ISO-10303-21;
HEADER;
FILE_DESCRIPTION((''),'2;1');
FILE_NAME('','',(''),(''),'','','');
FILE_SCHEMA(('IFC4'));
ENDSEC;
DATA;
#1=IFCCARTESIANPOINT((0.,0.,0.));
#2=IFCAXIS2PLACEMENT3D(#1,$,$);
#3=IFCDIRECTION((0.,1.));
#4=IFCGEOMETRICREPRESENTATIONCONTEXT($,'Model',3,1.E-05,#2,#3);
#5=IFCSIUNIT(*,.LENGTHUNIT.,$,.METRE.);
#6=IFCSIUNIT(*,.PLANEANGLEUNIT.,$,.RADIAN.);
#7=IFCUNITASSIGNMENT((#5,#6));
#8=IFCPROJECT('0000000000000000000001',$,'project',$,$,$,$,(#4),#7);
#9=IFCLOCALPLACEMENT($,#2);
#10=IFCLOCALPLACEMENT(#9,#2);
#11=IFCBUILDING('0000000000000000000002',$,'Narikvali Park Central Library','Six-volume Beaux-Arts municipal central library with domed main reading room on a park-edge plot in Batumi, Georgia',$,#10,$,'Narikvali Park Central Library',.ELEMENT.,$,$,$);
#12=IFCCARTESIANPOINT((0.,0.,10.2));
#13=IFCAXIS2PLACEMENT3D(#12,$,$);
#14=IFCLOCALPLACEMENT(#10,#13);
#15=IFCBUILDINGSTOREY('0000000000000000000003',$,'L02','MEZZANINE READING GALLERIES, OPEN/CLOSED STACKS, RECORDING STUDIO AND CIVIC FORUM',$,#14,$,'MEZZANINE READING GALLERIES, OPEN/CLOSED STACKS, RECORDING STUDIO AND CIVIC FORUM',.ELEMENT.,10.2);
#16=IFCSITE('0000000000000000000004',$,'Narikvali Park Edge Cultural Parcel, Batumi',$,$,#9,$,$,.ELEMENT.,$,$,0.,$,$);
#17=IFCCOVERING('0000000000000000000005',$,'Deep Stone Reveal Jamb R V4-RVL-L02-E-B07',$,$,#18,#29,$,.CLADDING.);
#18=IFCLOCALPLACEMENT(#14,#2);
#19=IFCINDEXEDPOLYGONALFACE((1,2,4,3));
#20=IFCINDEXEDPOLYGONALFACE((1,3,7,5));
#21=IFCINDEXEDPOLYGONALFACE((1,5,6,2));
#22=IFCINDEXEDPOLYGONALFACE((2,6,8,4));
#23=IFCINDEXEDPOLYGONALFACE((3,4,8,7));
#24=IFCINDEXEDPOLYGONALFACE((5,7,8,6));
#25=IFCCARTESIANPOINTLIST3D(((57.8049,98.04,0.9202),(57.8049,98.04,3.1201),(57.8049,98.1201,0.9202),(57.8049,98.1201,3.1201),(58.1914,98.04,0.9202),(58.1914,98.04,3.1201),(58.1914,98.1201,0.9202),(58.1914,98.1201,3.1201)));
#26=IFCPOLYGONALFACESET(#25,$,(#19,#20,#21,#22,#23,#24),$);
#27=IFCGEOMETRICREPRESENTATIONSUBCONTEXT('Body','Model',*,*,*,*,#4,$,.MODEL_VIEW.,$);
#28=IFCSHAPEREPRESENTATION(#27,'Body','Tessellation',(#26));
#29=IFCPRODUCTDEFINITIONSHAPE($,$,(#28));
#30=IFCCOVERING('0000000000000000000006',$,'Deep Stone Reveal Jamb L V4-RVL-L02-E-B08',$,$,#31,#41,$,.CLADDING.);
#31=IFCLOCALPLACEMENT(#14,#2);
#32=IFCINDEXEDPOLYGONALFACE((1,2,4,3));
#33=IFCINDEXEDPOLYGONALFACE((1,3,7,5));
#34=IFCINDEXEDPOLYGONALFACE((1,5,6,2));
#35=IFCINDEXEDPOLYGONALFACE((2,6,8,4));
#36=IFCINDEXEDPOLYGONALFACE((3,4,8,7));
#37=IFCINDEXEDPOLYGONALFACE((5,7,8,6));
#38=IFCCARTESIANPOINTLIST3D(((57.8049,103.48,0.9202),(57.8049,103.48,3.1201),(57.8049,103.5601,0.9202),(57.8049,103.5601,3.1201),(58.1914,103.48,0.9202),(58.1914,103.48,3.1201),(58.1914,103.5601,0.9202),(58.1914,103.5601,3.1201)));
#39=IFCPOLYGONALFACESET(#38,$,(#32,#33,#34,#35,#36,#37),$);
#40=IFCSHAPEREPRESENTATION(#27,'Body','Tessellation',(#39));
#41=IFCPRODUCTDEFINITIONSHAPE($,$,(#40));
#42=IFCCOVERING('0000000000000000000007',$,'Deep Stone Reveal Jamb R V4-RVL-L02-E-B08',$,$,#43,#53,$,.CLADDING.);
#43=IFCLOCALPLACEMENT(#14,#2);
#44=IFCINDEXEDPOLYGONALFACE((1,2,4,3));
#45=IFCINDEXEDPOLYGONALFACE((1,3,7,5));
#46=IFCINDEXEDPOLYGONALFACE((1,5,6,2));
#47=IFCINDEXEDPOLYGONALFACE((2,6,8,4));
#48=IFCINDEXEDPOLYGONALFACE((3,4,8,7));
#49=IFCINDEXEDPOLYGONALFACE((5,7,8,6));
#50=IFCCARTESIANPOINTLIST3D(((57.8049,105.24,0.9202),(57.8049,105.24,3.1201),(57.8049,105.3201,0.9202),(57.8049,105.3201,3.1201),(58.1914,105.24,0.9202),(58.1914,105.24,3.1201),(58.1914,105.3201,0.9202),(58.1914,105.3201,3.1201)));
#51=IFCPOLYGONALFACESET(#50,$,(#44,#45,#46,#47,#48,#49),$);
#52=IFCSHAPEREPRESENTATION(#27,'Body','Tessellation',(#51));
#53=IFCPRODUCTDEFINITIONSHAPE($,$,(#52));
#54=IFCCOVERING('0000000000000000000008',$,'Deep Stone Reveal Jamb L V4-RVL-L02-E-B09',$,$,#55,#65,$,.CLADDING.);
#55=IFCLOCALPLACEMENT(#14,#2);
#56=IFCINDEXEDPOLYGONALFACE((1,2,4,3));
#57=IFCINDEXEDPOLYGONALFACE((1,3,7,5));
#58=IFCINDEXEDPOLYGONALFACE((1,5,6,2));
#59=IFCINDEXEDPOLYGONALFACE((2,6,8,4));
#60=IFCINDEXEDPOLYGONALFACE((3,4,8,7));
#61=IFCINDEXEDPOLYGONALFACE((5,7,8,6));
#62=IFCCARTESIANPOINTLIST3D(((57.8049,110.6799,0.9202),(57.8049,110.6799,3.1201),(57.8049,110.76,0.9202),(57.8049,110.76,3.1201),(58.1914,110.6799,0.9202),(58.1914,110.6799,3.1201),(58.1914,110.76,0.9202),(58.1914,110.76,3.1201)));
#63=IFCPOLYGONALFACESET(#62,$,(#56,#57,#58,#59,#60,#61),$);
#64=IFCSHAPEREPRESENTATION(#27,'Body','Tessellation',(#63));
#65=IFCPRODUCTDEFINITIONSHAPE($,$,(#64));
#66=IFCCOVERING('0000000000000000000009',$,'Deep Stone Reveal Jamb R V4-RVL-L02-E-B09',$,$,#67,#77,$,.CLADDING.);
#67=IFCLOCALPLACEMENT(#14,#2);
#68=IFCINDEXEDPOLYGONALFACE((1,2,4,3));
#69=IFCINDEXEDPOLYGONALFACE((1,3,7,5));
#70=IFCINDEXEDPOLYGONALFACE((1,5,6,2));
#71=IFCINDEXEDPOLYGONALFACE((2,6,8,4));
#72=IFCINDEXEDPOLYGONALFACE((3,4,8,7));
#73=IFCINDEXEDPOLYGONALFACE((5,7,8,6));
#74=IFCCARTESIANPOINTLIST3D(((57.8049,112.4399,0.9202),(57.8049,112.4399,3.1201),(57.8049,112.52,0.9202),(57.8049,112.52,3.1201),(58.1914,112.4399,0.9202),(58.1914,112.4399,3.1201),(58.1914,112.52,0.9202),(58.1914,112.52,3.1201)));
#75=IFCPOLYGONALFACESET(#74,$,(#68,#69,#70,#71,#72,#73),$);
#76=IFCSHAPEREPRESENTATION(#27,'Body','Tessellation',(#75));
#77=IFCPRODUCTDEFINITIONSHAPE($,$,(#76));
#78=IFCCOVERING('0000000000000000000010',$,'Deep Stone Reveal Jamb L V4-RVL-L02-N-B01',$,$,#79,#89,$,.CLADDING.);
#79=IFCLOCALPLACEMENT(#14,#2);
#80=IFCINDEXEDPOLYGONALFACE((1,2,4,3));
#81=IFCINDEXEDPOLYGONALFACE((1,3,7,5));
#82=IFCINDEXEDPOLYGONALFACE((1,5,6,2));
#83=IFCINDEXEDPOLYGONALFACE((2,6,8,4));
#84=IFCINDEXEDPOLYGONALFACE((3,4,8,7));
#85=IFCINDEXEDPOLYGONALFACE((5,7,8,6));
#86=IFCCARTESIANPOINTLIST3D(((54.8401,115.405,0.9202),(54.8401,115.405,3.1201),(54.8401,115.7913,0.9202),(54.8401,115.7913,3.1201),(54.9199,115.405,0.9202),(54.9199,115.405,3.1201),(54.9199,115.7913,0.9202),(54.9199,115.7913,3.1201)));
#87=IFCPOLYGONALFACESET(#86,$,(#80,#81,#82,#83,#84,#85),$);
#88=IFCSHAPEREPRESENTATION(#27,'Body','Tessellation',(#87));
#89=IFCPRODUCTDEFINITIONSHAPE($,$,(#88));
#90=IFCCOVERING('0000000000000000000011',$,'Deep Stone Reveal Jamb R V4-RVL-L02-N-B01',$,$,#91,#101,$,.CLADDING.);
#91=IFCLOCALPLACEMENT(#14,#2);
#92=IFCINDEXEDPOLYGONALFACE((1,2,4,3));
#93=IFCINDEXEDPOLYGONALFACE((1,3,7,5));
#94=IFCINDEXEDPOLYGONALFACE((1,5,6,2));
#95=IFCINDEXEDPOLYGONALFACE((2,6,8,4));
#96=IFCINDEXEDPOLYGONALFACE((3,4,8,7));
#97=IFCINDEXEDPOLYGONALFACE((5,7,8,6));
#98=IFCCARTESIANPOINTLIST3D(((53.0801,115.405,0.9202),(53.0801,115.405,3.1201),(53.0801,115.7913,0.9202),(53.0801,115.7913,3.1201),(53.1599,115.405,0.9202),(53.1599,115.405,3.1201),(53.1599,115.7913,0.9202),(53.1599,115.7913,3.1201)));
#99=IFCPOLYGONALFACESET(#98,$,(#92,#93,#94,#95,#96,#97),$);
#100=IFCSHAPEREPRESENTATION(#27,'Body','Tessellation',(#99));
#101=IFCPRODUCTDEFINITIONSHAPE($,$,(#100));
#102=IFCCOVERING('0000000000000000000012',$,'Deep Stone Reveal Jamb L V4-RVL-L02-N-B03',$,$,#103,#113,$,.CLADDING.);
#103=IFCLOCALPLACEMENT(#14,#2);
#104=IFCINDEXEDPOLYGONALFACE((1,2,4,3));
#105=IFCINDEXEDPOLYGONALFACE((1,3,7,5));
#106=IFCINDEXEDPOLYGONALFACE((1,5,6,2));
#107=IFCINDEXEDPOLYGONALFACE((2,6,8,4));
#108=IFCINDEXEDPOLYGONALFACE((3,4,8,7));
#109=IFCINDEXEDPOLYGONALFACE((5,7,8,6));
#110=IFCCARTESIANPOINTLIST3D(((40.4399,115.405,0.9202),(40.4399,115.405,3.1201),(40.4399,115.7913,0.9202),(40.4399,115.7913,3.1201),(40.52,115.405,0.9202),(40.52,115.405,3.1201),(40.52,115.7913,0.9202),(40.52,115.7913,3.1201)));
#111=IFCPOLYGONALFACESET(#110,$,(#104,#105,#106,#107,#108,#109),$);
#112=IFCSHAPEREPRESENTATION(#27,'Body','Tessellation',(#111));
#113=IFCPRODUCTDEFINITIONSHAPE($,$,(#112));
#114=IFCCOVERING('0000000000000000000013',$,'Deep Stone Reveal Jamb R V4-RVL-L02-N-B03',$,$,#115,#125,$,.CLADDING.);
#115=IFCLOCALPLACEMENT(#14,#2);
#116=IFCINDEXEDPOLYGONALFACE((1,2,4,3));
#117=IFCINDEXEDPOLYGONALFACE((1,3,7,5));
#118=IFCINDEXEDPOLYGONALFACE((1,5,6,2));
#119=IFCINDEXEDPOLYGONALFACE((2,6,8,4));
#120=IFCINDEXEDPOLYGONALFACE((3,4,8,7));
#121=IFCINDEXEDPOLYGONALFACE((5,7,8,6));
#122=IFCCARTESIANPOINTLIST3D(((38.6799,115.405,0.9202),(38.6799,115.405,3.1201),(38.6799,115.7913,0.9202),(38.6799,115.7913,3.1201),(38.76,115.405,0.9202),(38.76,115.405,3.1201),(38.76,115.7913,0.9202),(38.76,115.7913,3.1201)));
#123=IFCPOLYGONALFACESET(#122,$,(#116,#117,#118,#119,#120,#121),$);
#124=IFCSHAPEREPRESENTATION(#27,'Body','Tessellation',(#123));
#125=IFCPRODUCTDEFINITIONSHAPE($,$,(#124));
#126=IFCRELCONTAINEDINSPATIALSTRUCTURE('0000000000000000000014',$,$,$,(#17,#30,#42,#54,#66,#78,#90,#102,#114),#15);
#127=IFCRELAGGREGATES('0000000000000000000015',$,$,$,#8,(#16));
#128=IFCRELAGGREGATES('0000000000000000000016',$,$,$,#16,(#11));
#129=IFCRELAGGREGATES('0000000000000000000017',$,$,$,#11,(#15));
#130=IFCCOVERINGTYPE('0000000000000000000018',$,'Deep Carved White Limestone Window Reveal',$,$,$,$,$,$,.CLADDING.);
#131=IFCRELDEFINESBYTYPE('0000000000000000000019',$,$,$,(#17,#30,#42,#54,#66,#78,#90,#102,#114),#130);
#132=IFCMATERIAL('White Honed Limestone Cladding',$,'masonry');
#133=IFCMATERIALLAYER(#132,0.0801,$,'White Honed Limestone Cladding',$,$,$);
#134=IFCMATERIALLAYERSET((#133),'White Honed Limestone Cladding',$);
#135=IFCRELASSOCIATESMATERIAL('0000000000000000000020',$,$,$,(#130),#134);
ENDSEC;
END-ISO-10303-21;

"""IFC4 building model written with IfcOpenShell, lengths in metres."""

from ifc_helpers import new_model, si_unit, direction, frame, origin, place, context, subcontext, project, spatial, polyline, outline, extrude, material, layer, layer_set, type_object, element, save


model = new_model("IFC4")

# Units and contexts
model_context = context("Model", 3, precision=1e-05, world=origin(), true_north=direction((0.0, 1.0)))
body_context = subcontext(model_context, "Body", "Model", "MODEL_VIEW")
ifc_project = project(units=[si_unit("LENGTHUNIT", "METRE"), si_unit("PLANEANGLEUNIT", "RADIAN")], contexts=[model_context])

# Site, building, storey
site_placement = place(None, origin())
site = spatial("IfcSite", under=ifc_project, at=site_placement, Name="Narikvali Park Edge Cultural Parcel, Batumi", CompositionType="ELEMENT", RefElevation=0.0)
building_placement = place(site_placement, origin())
building = spatial("IfcBuilding", under=site, at=building_placement, Name="Narikvali Park Central Library", Description="Six-volume Beaux-Arts municipal central library with domed main reading room on a park-edge plot in Batumi, Georgia", LongName="Narikvali Park Central Library", CompositionType="ELEMENT")
storey_placement = place(building_placement, frame((0.0, 0.0, 10.2)))
storey = spatial("IfcBuildingStorey", under=building, at=storey_placement, Name="L02", Description="MEZZANINE READING GALLERIES, OPEN/CLOSED STACKS, RECORDING STUDIO AND CIVIC FORUM", LongName="MEZZANINE READING GALLERIES, OPEN/CLOSED STACKS, RECORDING STUDIO AND CIVIC FORUM", CompositionType="ELEMENT", Elevation=10.2)

# Coverings
ifc_material = material(Name="White Honed Limestone Cladding", Category="masonry")
ifc_layer = layer(ifc_material, 0.0801, Name="White Honed Limestone Cladding")
ifc_layer_set = layer_set([ifc_layer], Name="White Honed Limestone Cladding")
covering_type = type_object("IfcCoveringType", Name="Deep Carved White Limestone Window Reveal", PredefinedType="CLADDING", material=ifc_layer_set)
covering_1_placement = place(storey_placement, frame((0.0, 0.0, 0.9202)))
element("IfcCovering", 1, at=covering_1_placement, inside=storey, type_object=covering_type, Name="Deep Stone Reveal Jamb R V4-RVL-L02-E-B07", PredefinedType="CLADDING", context=body_context, shape_type="SweptSolid", body=[
    extrude(outline(polyline([(57.8049, 98.04), (57.8049, 98.1201), (58.1914, 98.1201), (58.1914, 98.04), (57.8049, 98.04)])), origin(), (0.0, 0.0, 1.0), 2.2),
])
covering_2_placement = place(storey_placement, frame((0.0, 0.0, 0.9202)))
element("IfcCovering", 2, at=covering_2_placement, inside=storey, type_object=covering_type, Name="Deep Stone Reveal Jamb L V4-RVL-L02-E-B08", PredefinedType="CLADDING", context=body_context, shape_type="SweptSolid", body=[
    extrude(outline(polyline([(57.8049, 103.48), (57.8049, 103.5601), (58.1914, 103.5601), (58.1914, 103.48), (57.8049, 103.48)])), origin(), (0.0, 0.0, 1.0), 2.2),
])
covering_3_placement = place(storey_placement, frame((0.0, 0.0, 0.9202)))
element("IfcCovering", 3, at=covering_3_placement, inside=storey, type_object=covering_type, Name="Deep Stone Reveal Jamb R V4-RVL-L02-E-B08", PredefinedType="CLADDING", context=body_context, shape_type="SweptSolid", body=[
    extrude(outline(polyline([(57.8049, 105.24), (57.8049, 105.3201), (58.1914, 105.3201), (58.1914, 105.24), (57.8049, 105.24)])), origin(), (0.0, 0.0, 1.0), 2.2),
])
covering_4_placement = place(storey_placement, frame((0.0, 0.0, 0.9202)))
element("IfcCovering", 4, at=covering_4_placement, inside=storey, type_object=covering_type, Name="Deep Stone Reveal Jamb L V4-RVL-L02-E-B09", PredefinedType="CLADDING", context=body_context, shape_type="SweptSolid", body=[
    extrude(outline(polyline([(57.8049, 110.6799), (57.8049, 110.76), (58.1914, 110.76), (58.1914, 110.6799), (57.8049, 110.6799)])), origin(), (0.0, 0.0, 1.0), 2.2),
])
covering_5_placement = place(storey_placement, frame((0.0, 0.0, 0.9202)))
element("IfcCovering", 5, at=covering_5_placement, inside=storey, type_object=covering_type, Name="Deep Stone Reveal Jamb R V4-RVL-L02-E-B09", PredefinedType="CLADDING", context=body_context, shape_type="SweptSolid", body=[
    extrude(outline(polyline([(57.8049, 112.4399), (57.8049, 112.52), (58.1914, 112.52), (58.1914, 112.4399), (57.8049, 112.4399)])), origin(), (0.0, 0.0, 1.0), 2.2),
])
covering_6_placement = place(storey_placement, frame((0.0, 0.0, 0.9202)))
element("IfcCovering", 6, at=covering_6_placement, inside=storey, type_object=covering_type, Name="Deep Stone Reveal Jamb L V4-RVL-L02-N-B01", PredefinedType="CLADDING", context=body_context, shape_type="SweptSolid", body=[
    extrude(outline(polyline([(54.9199, 115.405), (54.8401, 115.405), (54.8401, 115.7913), (54.9199, 115.7913), (54.9199, 115.405)])), origin(), (0.0, 0.0, 1.0), 2.2),
])
covering_7_placement = place(storey_placement, frame((0.0, 0.0, 0.9202)))
element("IfcCovering", 7, at=covering_7_placement, inside=storey, type_object=covering_type, Name="Deep Stone Reveal Jamb R V4-RVL-L02-N-B01", PredefinedType="CLADDING", context=body_context, shape_type="SweptSolid", body=[
    extrude(outline(polyline([(53.1599, 115.405), (53.0801, 115.405), (53.0801, 115.7913), (53.1599, 115.7913), (53.1599, 115.405)])), origin(), (0.0, 0.0, 1.0), 2.2),
])
covering_8_placement = place(storey_placement, frame((0.0, 0.0, 0.9202)))
element("IfcCovering", 8, at=covering_8_placement, inside=storey, type_object=covering_type, Name="Deep Stone Reveal Jamb L V4-RVL-L02-N-B03", PredefinedType="CLADDING", context=body_context, shape_type="SweptSolid", body=[
    extrude(outline(polyline([(40.52, 115.405), (40.4399, 115.405), (40.4399, 115.7913), (40.52, 115.7913), (40.52, 115.405)])), origin(), (0.0, 0.0, 1.0), 2.2),
])
covering_9_placement = place(storey_placement, frame((0.0, 0.0, 0.9202)))
element("IfcCovering", 9, at=covering_9_placement, inside=storey, type_object=covering_type, Name="Deep Stone Reveal Jamb R V4-RVL-L02-N-B03", PredefinedType="CLADDING", context=body_context, shape_type="SweptSolid", body=[
    extrude(outline(polyline([(38.76, 115.405), (38.6799, 115.405), (38.6799, 115.7913), (38.76, 115.7913), (38.76, 115.405)])), origin(), (0.0, 0.0, 1.0), 2.2),
])

save(model, "model.ifc")
